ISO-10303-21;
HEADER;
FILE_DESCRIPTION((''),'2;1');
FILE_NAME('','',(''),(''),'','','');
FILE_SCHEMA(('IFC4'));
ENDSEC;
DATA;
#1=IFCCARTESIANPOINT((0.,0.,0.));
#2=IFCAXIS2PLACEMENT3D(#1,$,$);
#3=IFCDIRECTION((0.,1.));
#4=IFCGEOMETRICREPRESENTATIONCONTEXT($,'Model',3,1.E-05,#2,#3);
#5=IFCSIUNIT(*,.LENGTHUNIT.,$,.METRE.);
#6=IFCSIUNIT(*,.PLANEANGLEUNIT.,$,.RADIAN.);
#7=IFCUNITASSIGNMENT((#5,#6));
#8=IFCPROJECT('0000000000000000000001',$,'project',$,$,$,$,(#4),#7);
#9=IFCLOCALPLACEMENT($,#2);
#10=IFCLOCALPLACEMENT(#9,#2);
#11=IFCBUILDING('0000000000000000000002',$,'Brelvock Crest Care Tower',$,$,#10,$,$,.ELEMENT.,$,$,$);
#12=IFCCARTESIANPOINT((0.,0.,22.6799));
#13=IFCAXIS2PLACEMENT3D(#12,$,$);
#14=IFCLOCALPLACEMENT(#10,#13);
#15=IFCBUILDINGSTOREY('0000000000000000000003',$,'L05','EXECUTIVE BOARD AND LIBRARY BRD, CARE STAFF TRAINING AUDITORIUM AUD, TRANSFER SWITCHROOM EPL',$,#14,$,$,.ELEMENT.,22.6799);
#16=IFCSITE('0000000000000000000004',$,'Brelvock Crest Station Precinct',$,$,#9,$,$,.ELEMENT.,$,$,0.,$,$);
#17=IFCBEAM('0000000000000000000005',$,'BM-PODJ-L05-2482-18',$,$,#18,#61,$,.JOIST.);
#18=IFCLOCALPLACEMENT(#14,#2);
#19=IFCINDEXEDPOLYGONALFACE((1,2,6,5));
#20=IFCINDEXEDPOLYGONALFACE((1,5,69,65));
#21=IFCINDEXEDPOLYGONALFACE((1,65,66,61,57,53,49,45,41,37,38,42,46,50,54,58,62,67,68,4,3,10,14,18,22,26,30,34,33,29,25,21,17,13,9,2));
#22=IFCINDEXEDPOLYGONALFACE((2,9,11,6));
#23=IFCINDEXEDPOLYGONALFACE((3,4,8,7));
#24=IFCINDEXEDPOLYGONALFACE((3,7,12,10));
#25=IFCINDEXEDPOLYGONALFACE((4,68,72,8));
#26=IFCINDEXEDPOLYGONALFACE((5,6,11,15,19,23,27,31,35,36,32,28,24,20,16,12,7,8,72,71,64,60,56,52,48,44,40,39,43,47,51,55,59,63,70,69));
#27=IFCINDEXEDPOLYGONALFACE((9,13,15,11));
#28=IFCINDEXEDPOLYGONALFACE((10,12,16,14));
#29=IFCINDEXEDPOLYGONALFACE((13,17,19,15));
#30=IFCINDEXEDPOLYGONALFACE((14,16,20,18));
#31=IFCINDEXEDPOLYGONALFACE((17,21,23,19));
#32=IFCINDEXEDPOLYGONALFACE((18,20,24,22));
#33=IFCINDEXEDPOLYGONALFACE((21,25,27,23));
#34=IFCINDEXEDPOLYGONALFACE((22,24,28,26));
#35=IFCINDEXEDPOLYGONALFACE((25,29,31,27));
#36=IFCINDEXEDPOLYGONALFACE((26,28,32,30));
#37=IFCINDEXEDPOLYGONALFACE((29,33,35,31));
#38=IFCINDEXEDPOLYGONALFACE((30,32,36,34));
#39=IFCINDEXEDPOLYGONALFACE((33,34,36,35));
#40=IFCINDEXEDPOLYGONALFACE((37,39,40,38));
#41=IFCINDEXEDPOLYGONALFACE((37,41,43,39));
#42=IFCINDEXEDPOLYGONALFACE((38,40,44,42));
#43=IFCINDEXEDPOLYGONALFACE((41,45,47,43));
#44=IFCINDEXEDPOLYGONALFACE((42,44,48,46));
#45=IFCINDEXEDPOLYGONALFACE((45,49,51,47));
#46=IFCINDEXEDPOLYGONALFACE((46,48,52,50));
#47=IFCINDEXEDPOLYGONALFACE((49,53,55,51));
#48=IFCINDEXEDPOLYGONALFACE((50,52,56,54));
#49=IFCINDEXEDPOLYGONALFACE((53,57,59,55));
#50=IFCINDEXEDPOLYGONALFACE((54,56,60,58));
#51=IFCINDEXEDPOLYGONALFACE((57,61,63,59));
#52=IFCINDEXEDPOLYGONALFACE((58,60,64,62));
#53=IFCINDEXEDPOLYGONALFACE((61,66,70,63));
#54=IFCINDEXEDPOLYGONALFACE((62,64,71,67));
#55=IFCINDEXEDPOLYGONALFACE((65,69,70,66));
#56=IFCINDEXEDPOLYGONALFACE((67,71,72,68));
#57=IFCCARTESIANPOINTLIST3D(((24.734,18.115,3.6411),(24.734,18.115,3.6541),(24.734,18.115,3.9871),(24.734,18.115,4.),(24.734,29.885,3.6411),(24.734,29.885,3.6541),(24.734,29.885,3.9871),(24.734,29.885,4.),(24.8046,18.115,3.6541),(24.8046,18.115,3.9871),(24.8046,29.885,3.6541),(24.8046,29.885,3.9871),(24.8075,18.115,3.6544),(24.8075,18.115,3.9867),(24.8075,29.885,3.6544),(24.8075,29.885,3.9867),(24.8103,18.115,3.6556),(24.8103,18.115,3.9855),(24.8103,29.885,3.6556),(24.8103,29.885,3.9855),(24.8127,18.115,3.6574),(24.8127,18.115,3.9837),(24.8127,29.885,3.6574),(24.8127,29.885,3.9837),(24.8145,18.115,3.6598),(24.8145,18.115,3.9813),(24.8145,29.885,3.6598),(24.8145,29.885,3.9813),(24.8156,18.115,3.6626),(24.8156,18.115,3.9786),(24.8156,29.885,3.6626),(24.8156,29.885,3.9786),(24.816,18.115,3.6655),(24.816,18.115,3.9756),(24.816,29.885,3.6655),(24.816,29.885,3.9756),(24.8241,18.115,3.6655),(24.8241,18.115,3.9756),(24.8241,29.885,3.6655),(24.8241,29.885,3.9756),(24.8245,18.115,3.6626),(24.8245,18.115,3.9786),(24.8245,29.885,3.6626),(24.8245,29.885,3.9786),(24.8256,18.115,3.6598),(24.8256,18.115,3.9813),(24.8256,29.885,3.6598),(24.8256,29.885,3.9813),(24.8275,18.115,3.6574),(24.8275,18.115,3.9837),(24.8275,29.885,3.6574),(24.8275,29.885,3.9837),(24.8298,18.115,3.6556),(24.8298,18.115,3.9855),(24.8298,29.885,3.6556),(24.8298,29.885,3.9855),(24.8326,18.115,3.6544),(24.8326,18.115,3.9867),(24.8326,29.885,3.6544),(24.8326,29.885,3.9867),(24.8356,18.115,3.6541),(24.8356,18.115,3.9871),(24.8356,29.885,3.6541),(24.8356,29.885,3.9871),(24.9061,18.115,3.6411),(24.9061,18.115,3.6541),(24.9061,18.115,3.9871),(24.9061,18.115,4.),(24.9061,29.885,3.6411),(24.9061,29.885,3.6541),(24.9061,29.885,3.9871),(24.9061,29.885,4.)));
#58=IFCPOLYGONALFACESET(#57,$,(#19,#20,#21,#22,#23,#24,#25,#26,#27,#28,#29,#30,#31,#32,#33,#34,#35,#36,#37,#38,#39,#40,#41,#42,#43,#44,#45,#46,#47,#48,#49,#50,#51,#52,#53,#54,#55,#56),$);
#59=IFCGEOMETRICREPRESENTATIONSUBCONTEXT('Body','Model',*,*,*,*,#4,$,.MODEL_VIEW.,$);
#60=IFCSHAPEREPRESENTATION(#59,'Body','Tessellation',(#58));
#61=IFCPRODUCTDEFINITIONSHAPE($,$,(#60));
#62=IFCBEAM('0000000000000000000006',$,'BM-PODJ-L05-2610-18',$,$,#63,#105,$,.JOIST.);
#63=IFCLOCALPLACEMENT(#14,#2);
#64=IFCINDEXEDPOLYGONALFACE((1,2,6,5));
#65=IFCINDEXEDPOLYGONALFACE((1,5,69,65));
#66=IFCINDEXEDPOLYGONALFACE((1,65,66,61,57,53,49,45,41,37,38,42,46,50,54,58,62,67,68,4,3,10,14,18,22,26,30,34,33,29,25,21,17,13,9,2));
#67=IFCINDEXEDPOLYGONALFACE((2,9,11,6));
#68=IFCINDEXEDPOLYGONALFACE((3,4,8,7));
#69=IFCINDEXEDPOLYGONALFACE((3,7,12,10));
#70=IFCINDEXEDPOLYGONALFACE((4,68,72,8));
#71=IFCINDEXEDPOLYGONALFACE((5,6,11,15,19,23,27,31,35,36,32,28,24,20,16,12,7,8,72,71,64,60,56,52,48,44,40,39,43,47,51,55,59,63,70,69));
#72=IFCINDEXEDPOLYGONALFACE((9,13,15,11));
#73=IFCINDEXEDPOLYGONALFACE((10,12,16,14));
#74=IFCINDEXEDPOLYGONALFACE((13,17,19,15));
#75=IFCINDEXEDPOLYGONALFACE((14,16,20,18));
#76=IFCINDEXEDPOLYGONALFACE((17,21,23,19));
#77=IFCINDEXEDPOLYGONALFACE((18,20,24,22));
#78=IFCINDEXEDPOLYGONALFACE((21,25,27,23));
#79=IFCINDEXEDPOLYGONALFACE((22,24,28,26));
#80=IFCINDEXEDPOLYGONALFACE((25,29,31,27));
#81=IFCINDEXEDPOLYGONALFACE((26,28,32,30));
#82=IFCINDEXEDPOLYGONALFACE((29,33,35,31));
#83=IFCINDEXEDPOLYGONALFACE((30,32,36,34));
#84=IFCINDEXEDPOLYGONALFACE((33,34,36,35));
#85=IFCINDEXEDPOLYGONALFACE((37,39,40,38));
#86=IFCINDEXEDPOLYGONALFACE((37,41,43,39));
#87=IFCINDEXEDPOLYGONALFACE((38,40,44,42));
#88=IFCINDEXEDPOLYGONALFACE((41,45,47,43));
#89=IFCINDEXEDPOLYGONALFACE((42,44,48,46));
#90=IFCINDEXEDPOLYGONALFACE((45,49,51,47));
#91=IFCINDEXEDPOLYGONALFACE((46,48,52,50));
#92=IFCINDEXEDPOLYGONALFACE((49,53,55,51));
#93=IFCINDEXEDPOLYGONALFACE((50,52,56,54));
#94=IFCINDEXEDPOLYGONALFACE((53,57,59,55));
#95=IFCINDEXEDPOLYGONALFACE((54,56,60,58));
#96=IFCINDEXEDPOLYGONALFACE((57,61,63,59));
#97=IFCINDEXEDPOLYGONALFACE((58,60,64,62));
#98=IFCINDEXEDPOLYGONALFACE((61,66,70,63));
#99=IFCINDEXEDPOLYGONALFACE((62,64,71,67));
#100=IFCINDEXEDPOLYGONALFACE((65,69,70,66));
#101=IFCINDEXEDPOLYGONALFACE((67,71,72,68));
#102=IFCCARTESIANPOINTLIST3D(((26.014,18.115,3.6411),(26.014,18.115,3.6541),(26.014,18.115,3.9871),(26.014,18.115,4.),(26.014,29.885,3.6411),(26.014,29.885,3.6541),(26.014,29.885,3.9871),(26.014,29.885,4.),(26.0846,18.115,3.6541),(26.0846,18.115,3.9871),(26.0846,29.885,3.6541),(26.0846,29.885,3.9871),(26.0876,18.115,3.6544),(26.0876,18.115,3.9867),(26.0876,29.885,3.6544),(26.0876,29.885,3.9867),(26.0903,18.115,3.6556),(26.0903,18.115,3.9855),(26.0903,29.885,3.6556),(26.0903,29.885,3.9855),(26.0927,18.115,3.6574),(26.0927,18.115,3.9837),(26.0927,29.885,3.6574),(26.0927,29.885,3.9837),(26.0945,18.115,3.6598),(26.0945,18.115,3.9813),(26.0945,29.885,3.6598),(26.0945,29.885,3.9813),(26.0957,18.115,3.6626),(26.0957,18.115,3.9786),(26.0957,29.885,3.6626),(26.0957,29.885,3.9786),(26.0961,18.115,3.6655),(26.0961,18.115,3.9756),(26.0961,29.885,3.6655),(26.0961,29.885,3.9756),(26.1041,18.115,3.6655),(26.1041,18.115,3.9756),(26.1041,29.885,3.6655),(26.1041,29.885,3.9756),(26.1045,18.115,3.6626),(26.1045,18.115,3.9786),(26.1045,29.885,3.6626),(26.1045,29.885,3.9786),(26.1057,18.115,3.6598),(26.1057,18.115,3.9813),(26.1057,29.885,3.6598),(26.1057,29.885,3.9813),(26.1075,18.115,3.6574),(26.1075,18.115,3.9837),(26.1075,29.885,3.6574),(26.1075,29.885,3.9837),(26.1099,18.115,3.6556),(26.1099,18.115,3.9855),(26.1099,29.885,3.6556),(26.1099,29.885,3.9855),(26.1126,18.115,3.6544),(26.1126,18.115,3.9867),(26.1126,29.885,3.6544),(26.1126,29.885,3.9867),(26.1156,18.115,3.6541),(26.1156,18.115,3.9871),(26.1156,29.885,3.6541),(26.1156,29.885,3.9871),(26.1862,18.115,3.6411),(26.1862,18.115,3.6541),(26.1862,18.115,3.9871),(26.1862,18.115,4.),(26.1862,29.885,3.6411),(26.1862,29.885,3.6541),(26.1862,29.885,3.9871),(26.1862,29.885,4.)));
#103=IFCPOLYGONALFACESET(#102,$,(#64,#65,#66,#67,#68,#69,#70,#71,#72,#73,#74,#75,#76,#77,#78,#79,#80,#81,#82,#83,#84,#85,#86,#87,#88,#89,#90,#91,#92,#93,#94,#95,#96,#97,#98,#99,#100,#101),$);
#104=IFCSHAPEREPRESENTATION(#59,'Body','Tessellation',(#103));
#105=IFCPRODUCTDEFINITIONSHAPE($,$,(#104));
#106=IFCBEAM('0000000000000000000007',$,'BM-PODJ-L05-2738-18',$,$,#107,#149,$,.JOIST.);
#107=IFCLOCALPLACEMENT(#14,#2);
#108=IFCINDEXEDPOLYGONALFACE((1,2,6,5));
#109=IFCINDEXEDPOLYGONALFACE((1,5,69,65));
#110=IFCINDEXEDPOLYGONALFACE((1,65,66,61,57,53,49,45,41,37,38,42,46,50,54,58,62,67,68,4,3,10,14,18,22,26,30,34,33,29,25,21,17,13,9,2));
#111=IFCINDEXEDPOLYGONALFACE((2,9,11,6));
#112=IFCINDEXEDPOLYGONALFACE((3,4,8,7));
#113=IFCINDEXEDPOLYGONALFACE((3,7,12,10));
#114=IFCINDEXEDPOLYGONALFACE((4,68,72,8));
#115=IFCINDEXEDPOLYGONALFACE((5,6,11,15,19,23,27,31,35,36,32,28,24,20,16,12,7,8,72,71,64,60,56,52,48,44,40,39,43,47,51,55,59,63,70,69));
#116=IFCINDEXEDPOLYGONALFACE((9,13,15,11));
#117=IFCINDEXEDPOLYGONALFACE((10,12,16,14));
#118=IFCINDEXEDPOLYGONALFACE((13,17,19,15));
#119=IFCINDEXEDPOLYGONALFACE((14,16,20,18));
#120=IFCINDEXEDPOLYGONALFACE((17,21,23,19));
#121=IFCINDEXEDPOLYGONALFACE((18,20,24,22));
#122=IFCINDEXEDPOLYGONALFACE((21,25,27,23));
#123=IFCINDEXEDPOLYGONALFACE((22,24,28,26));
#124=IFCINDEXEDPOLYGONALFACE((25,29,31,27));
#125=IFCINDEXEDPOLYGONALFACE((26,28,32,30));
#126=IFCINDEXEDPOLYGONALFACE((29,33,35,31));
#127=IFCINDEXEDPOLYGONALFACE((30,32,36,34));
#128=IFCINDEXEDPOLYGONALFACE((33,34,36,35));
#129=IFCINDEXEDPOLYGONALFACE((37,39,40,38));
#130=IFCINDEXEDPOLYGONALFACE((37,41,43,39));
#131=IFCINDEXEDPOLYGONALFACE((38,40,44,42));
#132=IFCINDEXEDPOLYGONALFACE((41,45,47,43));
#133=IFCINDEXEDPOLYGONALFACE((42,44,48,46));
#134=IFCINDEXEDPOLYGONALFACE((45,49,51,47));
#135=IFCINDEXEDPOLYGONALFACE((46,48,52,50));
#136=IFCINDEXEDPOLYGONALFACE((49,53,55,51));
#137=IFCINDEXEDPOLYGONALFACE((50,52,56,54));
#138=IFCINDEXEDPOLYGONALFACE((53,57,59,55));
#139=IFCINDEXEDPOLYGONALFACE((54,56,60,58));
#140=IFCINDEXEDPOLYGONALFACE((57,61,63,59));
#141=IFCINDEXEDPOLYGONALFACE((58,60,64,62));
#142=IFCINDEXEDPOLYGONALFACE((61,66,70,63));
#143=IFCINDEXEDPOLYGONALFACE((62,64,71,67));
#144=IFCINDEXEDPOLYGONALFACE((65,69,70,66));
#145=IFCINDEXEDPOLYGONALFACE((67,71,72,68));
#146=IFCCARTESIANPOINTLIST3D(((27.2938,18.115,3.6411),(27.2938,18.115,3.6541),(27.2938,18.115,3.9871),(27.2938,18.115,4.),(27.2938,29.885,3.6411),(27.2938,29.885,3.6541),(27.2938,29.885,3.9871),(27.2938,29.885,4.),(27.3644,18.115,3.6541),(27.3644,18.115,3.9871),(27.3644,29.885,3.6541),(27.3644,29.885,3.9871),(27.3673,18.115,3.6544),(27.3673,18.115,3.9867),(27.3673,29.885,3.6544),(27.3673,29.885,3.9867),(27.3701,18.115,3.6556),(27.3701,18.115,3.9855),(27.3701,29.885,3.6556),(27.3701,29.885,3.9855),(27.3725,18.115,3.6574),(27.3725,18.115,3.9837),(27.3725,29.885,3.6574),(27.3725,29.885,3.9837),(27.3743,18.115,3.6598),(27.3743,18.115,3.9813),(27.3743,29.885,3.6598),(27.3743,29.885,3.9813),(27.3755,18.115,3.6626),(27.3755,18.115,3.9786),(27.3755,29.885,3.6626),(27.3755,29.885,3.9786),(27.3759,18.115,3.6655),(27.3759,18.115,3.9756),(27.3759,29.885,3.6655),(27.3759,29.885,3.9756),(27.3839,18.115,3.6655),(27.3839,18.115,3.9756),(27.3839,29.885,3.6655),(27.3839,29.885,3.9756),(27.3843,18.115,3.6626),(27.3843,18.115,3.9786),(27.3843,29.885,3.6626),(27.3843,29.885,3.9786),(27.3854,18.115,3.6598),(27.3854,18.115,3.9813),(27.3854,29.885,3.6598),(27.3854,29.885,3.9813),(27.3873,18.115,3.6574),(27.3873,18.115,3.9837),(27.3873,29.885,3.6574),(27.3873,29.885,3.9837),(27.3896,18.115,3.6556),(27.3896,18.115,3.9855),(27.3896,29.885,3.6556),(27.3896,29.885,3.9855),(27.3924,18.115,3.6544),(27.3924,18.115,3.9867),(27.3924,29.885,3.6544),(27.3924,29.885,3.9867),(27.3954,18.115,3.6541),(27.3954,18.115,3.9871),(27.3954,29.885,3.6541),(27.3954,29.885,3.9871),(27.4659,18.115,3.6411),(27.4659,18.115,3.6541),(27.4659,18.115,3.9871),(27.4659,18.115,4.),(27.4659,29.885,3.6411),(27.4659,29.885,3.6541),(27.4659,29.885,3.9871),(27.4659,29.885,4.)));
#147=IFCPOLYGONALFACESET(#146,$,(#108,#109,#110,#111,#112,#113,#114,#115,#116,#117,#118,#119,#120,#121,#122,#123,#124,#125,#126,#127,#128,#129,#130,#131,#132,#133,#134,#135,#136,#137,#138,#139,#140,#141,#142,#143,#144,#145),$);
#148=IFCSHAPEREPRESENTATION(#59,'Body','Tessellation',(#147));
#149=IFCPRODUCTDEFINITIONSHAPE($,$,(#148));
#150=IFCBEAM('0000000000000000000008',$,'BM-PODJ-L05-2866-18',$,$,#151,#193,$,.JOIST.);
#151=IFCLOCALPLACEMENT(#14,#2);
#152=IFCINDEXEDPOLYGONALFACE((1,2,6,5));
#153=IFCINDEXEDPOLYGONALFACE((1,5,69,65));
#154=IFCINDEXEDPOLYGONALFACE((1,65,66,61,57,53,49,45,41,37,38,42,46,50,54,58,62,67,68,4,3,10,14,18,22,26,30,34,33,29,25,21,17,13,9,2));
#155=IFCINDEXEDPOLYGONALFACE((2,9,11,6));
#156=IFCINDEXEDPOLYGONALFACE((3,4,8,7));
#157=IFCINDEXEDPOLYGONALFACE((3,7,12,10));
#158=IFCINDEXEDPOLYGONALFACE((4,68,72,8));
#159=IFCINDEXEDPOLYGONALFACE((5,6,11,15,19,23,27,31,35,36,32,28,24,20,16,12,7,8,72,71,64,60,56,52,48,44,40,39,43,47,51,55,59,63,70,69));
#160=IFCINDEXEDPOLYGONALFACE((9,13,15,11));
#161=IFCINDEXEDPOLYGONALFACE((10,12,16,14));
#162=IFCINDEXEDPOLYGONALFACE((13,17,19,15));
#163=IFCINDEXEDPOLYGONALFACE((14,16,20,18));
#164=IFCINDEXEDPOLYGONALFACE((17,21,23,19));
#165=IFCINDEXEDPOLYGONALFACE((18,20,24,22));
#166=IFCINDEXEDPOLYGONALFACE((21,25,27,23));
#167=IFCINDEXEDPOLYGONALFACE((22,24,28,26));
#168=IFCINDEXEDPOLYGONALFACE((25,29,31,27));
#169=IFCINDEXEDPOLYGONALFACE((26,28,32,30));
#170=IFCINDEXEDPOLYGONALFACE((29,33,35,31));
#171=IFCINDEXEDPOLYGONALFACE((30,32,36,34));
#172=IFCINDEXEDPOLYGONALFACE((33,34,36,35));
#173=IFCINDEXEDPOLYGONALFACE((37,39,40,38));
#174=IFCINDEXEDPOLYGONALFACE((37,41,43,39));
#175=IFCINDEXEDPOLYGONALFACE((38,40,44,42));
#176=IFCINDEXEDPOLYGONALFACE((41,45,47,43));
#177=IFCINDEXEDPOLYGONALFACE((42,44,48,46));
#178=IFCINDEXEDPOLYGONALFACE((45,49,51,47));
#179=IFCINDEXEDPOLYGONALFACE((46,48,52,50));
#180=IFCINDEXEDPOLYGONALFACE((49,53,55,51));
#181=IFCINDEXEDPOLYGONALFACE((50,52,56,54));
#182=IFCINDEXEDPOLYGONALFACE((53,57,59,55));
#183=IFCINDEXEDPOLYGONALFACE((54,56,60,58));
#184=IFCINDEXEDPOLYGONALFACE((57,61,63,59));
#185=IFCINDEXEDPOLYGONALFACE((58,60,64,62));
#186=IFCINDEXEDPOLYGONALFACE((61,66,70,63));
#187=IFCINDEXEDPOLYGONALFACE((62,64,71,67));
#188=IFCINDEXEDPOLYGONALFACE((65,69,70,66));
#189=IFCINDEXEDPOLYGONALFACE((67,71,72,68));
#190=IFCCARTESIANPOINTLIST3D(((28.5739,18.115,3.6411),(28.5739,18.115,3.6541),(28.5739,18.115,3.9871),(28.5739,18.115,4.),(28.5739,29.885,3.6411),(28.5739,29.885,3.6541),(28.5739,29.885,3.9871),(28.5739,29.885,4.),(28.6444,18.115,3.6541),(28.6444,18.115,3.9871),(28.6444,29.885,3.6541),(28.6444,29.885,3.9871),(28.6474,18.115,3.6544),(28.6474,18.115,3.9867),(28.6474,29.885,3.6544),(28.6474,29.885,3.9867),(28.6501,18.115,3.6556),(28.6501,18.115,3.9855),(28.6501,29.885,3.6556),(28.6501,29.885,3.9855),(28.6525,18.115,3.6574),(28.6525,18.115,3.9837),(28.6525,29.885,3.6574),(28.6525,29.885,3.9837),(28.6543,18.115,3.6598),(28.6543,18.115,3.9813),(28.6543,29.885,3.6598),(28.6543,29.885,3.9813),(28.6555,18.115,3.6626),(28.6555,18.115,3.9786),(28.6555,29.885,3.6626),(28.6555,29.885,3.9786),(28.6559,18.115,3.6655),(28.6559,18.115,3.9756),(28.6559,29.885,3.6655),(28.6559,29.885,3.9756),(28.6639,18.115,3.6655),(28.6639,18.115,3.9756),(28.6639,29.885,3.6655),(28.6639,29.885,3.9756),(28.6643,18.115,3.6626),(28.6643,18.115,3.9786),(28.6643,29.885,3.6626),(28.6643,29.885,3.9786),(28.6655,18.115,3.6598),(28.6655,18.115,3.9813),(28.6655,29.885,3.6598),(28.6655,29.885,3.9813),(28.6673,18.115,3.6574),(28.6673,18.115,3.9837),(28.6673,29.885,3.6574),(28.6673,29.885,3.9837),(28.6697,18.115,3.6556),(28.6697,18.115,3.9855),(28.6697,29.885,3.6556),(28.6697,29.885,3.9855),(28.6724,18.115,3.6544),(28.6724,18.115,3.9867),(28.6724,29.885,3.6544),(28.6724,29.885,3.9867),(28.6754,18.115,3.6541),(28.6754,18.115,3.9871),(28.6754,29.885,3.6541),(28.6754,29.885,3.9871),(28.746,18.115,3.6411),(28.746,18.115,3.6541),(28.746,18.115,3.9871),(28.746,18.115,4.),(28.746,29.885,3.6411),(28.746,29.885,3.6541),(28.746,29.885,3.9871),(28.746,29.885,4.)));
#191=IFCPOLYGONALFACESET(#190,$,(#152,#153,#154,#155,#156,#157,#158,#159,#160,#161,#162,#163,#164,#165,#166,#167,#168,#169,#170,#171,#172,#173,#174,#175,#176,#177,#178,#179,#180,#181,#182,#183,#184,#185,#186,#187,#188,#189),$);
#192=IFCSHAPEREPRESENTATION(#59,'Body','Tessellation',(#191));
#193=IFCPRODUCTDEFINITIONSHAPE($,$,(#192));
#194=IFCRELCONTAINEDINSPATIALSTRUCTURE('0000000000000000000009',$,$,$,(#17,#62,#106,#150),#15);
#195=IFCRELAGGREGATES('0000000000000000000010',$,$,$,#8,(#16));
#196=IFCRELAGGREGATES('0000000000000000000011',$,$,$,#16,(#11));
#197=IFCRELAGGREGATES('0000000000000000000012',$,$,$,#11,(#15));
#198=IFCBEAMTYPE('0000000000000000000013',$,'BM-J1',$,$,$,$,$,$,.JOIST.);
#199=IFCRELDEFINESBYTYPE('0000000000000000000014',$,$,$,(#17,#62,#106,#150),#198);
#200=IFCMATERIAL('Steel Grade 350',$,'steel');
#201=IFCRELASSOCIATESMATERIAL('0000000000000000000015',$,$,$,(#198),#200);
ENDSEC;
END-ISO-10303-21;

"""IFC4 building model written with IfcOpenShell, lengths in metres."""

from ifc_helpers import new_model, si_unit, direction, frame, origin, origin_2d, place, context, subcontext, project, spatial, i_section, extrude, source, transform, mapped, material, material_profile, profile_set, type_object, element, save


model = new_model("IFC4")

# Units and contexts
model_context = context("Model", 3, precision=1e-05, world=origin(), true_north=direction((0.0, 1.0)))
body_context = subcontext(model_context, "Body", "Model", "MODEL_VIEW")
ifc_project = project(units=[si_unit("LENGTHUNIT", "METRE"), si_unit("PLANEANGLEUNIT", "RADIAN")], contexts=[model_context])

# Site, building, storey
site_placement = place(None, origin())
site = spatial("IfcSite", under=ifc_project, at=site_placement, Name="Brelvock Crest Station Precinct", CompositionType="ELEMENT", RefElevation=0.0)
building_placement = place(site_placement, origin())
building = spatial("IfcBuilding", under=site, at=building_placement, Name="Brelvock Crest Care Tower", CompositionType="ELEMENT")
storey_placement = place(building_placement, frame((0.0, 0.0, 22.6799)))
storey = spatial("IfcBuildingStorey", under=building, at=storey_placement, Name="L05", Description="EXECUTIVE BOARD AND LIBRARY BRD, CARE STAFF TRAINING AUDITORIUM AUD, TRANSFER SWITCHROOM EPL", CompositionType="ELEMENT", Elevation=22.6799)

# Shared definitions
ifc_material_1 = material(Name="Steel Grade 350", Category="steel")

# Beams
ifc_material_profile_1 = material_profile(ifc_material_1, i_section(OverallWidth=0.1721, OverallDepth=0.3589, WebThickness=0.0081, FlangeThickness=0.0129, FilletRadius=0.0115, at=origin_2d()), Name="360UB56.7")
ifc_profile_set_1 = profile_set([ifc_material_profile_1], Name="Steel Grade 350")
beam_type_1 = type_object("IfcBeamType", Name="BM-J1", PredefinedType="JOIST", material=ifc_profile_set_1)
shared_shape_1 = source(origin(), body_context, "Body", "SweptSolid", [
    extrude(i_section(OverallWidth=0.1721, OverallDepth=0.3589, WebThickness=0.0081, FlangeThickness=0.0129, FilletRadius=0.0115, at=origin_2d()), origin(), (0.0, 0.0, 1.0), 11.77),
])
for number, where, z_axis, x_axis, name in (
    (1, (24.8201, 18.115, 3.8206), (0.0, 1.0, 0.0), (-1.0, 0.0, 0.0), "BM-PODJ-L05-2482-18"),
    (2, (26.1001, 18.115, 3.8206), (0.0, 1.0, 0.0), (-1.0, 0.0, 0.0), "BM-PODJ-L05-2610-18"),
    (3, (27.3799, 18.115, 3.8206), (0.0, 1.0, 0.0), (-1.0, 0.0, 0.0), "BM-PODJ-L05-2738-18"),
    (4, (28.6599, 18.115, 3.8206), (0.0, 1.0, 0.0), (-1.0, 0.0, 0.0), "BM-PODJ-L05-2866-18"),
):
    element("IfcBeam", number, at=place(storey_placement, frame(where, z_axis=z_axis, x_axis=x_axis)), inside=storey, type_object=beam_type_1, Name=name, PredefinedType="JOIST", context=body_context, shape_type="MappedRepresentation", body=[
        mapped(shared_shape_1, transform((0.0, 0.0, 0.0), x_axis=(1.0, 0.0, 0.0), y_axis=(0.0, 1.0, 0.0), z_axis=(0.0, 0.0, 1.0), scale=1.0)),
    ])

save(model, "model.ifc")
